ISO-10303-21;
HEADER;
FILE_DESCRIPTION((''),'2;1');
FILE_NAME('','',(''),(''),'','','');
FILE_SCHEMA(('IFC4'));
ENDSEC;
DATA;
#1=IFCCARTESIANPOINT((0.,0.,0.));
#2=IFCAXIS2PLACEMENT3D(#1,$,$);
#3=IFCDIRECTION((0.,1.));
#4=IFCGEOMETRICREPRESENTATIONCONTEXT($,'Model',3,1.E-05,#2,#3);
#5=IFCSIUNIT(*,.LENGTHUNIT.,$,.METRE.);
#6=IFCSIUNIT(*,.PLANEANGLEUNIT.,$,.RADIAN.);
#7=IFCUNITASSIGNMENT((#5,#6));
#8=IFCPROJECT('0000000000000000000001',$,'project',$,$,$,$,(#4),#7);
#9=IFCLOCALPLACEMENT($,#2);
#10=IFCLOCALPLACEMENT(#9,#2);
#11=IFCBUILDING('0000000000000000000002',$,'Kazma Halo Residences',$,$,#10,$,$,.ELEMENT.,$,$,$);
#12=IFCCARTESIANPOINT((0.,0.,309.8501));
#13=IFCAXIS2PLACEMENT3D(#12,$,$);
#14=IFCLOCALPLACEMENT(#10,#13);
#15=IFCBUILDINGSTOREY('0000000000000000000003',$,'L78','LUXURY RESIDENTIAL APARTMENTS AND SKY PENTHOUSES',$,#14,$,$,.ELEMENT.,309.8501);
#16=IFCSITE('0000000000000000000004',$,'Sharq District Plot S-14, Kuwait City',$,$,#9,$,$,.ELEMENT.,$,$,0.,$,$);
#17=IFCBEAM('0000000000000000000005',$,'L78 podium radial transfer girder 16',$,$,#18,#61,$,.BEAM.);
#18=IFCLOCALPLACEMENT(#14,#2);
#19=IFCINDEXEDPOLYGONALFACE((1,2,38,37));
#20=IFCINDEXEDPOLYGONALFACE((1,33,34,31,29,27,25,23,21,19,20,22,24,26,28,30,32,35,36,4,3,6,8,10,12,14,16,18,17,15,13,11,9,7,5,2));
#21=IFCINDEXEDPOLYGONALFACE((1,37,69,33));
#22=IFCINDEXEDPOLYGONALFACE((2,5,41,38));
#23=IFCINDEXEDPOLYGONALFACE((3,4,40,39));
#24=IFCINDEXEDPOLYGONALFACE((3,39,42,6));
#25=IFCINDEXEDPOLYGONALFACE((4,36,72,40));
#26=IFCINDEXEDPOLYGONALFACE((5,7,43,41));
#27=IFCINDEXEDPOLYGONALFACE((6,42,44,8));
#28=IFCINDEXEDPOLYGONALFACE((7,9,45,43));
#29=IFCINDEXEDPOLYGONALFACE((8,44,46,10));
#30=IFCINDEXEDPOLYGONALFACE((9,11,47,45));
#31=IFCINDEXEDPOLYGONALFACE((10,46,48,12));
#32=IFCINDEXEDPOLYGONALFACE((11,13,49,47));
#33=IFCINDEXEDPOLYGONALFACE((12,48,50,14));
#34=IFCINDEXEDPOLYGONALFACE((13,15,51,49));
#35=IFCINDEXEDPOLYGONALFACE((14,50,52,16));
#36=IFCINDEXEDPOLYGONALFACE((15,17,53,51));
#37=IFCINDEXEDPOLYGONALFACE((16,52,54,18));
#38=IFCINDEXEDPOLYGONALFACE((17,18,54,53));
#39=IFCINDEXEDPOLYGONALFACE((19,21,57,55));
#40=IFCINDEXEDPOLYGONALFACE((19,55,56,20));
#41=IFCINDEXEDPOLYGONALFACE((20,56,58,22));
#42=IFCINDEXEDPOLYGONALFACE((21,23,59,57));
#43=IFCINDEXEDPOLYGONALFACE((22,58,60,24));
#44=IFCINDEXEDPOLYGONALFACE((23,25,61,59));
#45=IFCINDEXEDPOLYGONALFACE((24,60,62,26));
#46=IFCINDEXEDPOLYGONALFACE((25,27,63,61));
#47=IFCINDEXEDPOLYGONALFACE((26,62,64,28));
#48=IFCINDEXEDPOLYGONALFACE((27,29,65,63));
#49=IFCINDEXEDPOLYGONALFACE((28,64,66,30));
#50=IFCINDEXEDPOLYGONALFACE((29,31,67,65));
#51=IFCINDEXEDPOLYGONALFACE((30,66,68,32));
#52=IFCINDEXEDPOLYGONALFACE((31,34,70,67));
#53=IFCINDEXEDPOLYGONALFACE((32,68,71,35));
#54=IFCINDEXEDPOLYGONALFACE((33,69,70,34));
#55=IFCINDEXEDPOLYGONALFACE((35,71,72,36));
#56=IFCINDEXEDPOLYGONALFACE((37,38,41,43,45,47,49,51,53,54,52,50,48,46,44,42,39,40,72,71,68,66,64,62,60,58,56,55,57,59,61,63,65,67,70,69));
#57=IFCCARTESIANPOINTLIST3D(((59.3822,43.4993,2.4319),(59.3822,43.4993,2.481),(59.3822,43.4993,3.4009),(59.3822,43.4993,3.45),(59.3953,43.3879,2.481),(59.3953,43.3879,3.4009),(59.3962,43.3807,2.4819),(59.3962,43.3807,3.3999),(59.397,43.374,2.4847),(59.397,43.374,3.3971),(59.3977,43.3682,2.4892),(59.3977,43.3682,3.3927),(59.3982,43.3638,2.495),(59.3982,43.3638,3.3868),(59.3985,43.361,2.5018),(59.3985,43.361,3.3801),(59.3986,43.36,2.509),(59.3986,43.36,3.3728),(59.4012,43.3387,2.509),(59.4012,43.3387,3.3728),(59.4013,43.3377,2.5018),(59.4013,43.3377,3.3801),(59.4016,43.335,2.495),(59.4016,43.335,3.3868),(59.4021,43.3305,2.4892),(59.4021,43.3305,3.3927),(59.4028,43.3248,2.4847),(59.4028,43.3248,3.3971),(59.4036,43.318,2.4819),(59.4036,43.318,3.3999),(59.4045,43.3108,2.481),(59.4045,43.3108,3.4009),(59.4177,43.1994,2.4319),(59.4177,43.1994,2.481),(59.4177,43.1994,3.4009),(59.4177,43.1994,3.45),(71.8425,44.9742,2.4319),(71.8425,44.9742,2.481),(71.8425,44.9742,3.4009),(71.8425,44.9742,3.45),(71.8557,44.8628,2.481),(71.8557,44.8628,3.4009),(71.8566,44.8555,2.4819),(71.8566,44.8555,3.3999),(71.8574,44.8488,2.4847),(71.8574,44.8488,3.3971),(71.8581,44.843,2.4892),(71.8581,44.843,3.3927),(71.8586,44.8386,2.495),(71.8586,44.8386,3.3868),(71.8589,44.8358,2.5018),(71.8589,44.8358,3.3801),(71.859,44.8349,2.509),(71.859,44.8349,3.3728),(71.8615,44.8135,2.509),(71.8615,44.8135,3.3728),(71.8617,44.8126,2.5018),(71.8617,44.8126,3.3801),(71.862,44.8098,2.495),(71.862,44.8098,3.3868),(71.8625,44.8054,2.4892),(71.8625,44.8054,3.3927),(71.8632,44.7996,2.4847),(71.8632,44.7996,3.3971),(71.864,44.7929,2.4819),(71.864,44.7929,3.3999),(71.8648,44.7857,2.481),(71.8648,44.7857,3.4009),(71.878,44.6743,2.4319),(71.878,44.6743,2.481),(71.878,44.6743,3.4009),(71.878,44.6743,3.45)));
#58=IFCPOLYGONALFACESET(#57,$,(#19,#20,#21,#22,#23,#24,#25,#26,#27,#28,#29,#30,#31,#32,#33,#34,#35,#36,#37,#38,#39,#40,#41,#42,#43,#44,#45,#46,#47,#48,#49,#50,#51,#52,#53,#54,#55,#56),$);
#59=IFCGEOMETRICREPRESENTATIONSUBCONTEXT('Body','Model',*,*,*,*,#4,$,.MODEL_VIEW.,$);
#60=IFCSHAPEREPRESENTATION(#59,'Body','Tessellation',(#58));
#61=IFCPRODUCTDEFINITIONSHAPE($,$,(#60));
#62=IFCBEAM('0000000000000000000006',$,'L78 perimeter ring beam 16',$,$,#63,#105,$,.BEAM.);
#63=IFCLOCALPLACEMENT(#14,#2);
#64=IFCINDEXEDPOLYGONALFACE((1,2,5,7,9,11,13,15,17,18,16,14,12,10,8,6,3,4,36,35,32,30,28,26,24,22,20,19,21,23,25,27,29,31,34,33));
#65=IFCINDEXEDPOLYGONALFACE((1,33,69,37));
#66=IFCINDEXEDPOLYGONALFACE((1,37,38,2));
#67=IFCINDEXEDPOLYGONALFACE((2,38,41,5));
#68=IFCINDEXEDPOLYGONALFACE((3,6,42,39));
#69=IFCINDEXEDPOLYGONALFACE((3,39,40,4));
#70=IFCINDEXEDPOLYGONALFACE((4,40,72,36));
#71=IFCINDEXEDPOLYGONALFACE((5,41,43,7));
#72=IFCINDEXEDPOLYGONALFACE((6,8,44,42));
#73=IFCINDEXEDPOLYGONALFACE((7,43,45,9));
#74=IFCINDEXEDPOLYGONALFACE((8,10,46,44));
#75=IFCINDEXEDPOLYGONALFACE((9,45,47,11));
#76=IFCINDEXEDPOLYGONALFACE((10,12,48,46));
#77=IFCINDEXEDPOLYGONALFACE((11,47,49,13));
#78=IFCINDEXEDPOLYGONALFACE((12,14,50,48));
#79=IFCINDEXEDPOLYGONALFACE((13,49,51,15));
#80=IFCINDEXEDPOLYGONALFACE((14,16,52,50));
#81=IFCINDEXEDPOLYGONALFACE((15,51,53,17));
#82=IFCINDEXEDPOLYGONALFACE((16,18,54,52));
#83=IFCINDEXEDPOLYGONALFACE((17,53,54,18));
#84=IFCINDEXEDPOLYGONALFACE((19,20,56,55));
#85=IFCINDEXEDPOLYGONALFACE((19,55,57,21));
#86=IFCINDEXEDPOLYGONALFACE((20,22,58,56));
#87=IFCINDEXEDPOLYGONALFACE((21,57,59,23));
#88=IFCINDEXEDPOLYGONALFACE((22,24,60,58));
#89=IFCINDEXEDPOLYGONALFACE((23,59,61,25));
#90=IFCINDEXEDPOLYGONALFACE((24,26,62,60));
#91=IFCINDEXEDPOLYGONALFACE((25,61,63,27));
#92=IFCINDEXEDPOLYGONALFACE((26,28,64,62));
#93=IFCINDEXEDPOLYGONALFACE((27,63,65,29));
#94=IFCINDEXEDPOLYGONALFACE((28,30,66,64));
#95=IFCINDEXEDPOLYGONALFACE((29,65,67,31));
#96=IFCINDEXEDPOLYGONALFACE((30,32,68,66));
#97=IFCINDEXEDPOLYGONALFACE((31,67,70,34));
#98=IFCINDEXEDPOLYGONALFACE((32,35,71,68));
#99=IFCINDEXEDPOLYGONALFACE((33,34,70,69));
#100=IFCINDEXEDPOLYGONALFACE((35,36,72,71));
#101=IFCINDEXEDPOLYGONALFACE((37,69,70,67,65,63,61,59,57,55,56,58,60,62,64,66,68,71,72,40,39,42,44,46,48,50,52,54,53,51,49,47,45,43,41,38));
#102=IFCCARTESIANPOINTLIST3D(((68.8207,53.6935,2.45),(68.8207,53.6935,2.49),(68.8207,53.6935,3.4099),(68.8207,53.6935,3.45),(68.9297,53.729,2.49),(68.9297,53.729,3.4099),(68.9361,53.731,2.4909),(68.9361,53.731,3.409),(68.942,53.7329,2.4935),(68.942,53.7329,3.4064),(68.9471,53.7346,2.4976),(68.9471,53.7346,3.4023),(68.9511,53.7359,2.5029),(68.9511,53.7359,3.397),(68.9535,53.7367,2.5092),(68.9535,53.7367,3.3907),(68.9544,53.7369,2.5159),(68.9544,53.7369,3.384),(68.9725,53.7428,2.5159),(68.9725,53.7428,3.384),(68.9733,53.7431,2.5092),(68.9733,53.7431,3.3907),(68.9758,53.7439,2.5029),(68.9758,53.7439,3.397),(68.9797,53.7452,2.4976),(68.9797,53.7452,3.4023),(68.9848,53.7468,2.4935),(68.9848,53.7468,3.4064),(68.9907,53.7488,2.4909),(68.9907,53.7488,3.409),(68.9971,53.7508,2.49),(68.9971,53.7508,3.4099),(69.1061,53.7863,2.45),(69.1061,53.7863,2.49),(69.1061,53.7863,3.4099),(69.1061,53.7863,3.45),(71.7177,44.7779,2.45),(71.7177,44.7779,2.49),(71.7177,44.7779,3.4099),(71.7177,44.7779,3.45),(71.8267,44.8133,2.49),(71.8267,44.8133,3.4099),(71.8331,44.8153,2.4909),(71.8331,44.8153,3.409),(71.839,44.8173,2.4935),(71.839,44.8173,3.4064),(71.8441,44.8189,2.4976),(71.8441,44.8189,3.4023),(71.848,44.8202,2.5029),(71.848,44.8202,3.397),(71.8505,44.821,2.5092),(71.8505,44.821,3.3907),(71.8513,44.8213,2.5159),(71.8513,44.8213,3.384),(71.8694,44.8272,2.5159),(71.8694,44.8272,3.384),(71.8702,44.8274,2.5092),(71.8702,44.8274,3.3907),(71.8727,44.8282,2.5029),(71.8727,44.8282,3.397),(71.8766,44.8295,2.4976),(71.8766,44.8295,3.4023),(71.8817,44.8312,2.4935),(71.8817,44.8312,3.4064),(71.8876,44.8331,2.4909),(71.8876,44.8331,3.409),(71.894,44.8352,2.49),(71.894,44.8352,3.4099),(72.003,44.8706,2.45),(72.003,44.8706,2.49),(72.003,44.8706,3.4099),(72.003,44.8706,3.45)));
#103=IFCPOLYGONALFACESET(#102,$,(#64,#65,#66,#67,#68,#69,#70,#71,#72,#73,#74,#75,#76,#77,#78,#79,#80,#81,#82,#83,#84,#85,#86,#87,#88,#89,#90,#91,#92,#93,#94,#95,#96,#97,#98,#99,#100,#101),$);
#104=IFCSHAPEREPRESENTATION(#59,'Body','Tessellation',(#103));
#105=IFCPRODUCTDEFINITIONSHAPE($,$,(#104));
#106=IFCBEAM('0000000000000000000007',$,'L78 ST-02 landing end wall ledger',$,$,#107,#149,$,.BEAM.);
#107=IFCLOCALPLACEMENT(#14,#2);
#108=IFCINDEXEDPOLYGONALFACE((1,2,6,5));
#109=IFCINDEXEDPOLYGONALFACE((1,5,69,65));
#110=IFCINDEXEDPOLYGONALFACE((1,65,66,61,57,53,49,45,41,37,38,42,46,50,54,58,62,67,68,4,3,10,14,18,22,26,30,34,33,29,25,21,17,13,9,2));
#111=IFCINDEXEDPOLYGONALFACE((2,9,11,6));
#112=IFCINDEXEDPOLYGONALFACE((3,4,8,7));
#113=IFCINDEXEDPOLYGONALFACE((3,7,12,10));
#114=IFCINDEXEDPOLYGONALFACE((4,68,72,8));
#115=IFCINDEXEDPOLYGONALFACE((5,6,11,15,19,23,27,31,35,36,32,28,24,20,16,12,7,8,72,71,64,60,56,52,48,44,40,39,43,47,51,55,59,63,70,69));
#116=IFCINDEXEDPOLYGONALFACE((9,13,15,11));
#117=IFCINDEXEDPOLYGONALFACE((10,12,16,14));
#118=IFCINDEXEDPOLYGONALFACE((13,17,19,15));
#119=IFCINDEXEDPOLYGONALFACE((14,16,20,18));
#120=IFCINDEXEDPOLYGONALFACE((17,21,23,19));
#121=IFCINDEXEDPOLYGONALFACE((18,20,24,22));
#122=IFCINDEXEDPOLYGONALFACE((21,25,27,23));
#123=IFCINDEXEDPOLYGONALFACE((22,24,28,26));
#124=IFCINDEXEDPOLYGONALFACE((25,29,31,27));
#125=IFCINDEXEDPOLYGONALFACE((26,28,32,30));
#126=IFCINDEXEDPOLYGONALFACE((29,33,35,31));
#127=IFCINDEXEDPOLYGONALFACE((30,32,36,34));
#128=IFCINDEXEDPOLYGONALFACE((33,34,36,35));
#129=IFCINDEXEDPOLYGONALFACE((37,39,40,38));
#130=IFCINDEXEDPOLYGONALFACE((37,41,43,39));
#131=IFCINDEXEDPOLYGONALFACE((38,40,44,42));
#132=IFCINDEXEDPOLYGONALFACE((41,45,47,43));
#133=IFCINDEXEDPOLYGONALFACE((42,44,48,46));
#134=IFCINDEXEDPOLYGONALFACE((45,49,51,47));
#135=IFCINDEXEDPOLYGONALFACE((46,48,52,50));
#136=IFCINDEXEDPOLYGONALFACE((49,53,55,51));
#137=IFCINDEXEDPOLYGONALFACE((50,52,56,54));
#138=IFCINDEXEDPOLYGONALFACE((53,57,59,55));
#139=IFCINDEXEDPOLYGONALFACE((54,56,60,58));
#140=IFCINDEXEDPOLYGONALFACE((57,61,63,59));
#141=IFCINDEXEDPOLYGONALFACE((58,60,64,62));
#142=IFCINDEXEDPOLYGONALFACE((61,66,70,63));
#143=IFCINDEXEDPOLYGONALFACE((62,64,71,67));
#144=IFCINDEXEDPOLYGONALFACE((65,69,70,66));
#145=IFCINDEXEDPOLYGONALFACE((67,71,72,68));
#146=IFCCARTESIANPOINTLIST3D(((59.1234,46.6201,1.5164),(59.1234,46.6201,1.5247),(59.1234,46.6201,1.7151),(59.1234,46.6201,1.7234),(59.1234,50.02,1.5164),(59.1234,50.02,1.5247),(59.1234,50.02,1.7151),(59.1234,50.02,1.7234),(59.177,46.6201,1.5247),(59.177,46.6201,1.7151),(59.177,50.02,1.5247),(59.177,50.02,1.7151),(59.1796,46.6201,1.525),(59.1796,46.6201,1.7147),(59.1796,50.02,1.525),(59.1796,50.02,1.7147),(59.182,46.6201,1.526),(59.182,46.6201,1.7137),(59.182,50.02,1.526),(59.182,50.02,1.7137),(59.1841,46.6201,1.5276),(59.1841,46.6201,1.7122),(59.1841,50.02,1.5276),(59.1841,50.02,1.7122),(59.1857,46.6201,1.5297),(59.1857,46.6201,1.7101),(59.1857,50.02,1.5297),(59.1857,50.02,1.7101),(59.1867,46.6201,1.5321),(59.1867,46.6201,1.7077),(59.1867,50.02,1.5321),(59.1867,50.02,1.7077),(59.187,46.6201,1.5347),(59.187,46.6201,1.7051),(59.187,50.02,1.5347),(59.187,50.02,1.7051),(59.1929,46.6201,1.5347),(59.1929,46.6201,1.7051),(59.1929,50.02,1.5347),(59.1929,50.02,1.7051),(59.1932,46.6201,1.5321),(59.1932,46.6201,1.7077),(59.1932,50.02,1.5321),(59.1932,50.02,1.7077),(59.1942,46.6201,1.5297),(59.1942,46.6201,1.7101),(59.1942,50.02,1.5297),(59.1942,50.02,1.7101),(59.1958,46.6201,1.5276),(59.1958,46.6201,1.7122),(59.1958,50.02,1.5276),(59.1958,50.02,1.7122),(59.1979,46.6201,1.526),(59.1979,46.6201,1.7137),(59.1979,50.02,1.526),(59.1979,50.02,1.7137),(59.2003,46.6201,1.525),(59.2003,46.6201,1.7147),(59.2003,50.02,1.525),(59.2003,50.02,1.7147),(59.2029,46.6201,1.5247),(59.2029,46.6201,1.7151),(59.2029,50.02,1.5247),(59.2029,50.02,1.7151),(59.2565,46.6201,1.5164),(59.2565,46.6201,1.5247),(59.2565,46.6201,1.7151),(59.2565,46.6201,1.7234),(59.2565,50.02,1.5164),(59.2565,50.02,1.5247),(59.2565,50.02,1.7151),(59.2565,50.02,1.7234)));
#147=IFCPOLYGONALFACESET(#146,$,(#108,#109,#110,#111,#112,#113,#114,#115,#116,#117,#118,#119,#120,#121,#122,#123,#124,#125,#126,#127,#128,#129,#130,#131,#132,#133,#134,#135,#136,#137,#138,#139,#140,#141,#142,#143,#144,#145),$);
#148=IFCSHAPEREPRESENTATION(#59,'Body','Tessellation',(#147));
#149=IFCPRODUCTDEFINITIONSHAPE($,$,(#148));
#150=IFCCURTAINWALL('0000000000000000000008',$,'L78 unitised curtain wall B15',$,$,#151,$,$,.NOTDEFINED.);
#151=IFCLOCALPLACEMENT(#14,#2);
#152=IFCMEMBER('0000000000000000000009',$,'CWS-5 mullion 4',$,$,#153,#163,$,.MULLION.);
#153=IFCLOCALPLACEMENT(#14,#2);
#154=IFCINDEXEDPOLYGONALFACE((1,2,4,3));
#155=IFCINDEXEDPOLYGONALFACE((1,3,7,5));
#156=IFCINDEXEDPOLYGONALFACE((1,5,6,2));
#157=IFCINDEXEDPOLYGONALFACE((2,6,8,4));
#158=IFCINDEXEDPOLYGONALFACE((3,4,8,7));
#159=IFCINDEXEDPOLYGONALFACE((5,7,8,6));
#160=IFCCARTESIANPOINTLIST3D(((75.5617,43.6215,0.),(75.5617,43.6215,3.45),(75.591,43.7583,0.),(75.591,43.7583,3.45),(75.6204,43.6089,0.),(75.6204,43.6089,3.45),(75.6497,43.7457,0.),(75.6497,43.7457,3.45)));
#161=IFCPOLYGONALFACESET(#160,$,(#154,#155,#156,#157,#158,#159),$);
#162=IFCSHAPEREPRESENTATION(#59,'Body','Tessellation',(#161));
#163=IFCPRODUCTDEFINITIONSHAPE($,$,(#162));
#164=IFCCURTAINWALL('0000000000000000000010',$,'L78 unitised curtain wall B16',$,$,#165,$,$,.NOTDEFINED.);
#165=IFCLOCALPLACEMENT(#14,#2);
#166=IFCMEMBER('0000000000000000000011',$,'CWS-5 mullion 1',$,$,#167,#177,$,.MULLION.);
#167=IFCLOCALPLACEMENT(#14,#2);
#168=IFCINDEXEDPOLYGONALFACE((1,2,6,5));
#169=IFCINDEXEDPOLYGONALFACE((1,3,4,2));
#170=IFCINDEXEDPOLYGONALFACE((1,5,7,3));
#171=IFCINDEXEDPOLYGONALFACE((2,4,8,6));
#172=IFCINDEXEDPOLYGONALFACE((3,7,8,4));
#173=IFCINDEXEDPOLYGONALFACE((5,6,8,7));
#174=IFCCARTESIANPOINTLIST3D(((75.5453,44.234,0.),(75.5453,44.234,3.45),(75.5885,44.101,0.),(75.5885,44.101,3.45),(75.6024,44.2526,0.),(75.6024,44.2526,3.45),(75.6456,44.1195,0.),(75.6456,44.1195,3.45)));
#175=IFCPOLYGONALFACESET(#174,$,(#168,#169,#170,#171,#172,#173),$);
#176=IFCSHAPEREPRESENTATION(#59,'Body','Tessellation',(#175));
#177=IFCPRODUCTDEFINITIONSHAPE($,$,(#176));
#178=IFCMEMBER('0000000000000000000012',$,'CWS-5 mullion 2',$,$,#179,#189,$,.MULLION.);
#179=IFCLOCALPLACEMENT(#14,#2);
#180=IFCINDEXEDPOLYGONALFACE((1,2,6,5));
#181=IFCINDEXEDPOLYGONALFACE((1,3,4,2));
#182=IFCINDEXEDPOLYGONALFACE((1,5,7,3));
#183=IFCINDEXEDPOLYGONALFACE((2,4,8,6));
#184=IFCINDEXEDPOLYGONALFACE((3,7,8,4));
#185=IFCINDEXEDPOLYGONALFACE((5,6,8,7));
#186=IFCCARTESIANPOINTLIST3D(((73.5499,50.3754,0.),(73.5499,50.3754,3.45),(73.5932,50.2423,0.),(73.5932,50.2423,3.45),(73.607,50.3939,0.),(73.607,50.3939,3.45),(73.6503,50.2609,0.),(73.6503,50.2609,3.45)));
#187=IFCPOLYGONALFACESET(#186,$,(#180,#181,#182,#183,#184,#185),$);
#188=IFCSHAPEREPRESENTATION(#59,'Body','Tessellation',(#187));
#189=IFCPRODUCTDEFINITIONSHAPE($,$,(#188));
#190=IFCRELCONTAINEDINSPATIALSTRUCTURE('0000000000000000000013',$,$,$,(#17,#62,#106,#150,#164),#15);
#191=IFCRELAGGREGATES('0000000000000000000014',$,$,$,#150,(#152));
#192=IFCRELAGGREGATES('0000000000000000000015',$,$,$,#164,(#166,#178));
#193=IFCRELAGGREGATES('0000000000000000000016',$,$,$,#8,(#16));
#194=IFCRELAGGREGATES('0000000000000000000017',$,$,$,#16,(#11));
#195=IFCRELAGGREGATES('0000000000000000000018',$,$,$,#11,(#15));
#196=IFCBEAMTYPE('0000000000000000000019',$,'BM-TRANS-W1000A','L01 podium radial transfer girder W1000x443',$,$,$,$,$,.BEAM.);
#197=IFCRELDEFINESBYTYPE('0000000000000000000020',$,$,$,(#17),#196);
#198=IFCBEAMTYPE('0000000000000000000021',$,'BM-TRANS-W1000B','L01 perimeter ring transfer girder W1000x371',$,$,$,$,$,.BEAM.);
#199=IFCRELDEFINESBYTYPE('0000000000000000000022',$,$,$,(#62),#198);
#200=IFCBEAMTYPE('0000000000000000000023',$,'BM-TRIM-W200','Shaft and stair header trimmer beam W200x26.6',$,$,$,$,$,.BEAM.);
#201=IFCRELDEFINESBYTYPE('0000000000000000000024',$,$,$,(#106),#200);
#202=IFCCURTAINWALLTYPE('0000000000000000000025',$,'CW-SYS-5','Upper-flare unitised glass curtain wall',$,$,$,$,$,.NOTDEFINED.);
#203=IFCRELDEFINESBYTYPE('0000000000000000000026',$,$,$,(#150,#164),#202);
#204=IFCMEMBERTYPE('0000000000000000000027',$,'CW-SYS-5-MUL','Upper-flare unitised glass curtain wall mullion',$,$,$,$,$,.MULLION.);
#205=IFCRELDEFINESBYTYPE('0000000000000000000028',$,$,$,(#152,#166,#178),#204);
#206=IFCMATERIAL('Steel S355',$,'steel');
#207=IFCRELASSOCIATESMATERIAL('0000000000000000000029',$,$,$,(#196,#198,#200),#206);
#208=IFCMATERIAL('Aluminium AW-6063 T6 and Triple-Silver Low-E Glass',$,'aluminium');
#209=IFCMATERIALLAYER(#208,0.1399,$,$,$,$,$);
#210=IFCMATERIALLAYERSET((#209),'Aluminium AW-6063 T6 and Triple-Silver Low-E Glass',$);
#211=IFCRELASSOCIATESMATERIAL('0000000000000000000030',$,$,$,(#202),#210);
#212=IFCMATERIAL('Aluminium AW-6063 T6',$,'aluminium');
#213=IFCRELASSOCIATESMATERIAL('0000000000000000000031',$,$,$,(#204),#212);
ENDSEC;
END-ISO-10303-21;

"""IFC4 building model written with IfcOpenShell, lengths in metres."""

from ifc_helpers import new_model, si_unit, direction, frame, origin, origin_2d, place, context, subcontext, project, spatial, rectangle, i_section, extrude, material, layer, layer_set, material_profile, profile_set, type_object, element, aggregate, save


model = new_model("IFC4")

# Units and contexts
model_context = context("Model", 3, precision=1e-05, world=origin(), true_north=direction((0.0, 1.0)))
body_context = subcontext(model_context, "Body", "Model", "MODEL_VIEW")
ifc_project = project(units=[si_unit("LENGTHUNIT", "METRE"), si_unit("PLANEANGLEUNIT", "RADIAN")], contexts=[model_context])

# Site, building, storey
site_placement = place(None, origin())
site = spatial("IfcSite", under=ifc_project, at=site_placement, Name="Sharq District Plot S-14, Kuwait City", CompositionType="ELEMENT", RefElevation=0.0)
building_placement = place(site_placement, origin())
building = spatial("IfcBuilding", under=site, at=building_placement, Name="Kazma Halo Residences", CompositionType="ELEMENT")
storey_placement = place(building_placement, frame((0.0, 0.0, 309.8501)))
storey = spatial("IfcBuildingStorey", under=building, at=storey_placement, Name="L78", Description="LUXURY RESIDENTIAL APARTMENTS AND SKY PENTHOUSES", CompositionType="ELEMENT", Elevation=309.8501)

# Beams
ifc_material_1 = material(Name="Steel S355", Category="steel")
ifc_material_profile_1 = material_profile(ifc_material_1, i_section(OverallWidth=0.302, OverallDepth=1.0181, WebThickness=0.0215, FlangeThickness=0.0491, FilletRadius=0.0281, at=origin_2d()), Name="W1000x443")
ifc_profile_set_1 = profile_set([ifc_material_profile_1], Name="Steel S355")
beam_type_1 = type_object("IfcBeamType", Name="BM-TRANS-W1000A", Description="L01 podium radial transfer girder W1000x443", PredefinedType="BEAM", material=ifc_profile_set_1)
beam_1_placement = place(storey_placement, frame((59.3999, 43.3494, 2.9409), z_axis=(0.993068, 0.117542, 0.0), x_axis=(-0.117542, 0.993068, 0.0)))
element("IfcBeam", 1, at=beam_1_placement, inside=storey, type_object=beam_type_1, Name="L78 podium radial transfer girder 16", PredefinedType="BEAM", context=body_context, shape_type="SweptSolid", body=[
    extrude(i_section(OverallWidth=0.302, OverallDepth=1.0181, WebThickness=0.0215, FlangeThickness=0.0491, FilletRadius=0.0281, at=origin_2d()), origin(), (0.0, 0.0, 1.0), 12.5474),
])
ifc_material_profile_2 = material_profile(ifc_material_1, i_section(OverallWidth=0.3, OverallDepth=1.0, WebThickness=0.019, FlangeThickness=0.04, FilletRadius=0.0259, at=origin_2d()), Name="W1000x371")
ifc_profile_set_2 = profile_set([ifc_material_profile_2], Name="Steel S355")
beam_type_2 = type_object("IfcBeamType", Name="BM-TRANS-W1000B", Description="L01 perimeter ring transfer girder W1000x371", PredefinedType="BEAM", material=ifc_profile_set_2)
beam_2_placement = place(storey_placement, frame((71.8604, 44.8242, 2.95), z_axis=(-0.309023, 0.951055, 0.0), x_axis=(-0.951055, -0.309023, 0.0)))
element("IfcBeam", 2, at=beam_2_placement, inside=storey, type_object=beam_type_2, Name="L78 perimeter ring beam 16", PredefinedType="BEAM", context=body_context, shape_type="SweptSolid", body=[
    extrude(i_section(OverallWidth=0.3, OverallDepth=1.0, WebThickness=0.019, FlangeThickness=0.04, FilletRadius=0.0259, at=origin_2d()), origin(), (0.0, 0.0, 1.0), 9.3745),
])
ifc_material_profile_3 = material_profile(ifc_material_1, i_section(OverallWidth=0.1331, OverallDepth=0.207, WebThickness=0.0059, FlangeThickness=0.0083, FilletRadius=0.01, at=origin_2d()), Name="W200x26.6")
ifc_profile_set_3 = profile_set([ifc_material_profile_3], Name="Steel S355")
beam_type_3 = type_object("IfcBeamType", Name="BM-TRIM-W200", Description="Shaft and stair header trimmer beam W200x26.6", PredefinedType="BEAM", material=ifc_profile_set_3)
beam_3_placement = place(storey_placement, frame((59.1899, 46.6201, 1.6199), z_axis=(0.0, 1.0, 0.0), x_axis=(-1.0, 0.0, 0.0)))
element("IfcBeam", 3, at=beam_3_placement, inside=storey, type_object=beam_type_3, Name="L78 ST-02 landing end wall ledger", PredefinedType="BEAM", context=body_context, shape_type="SweptSolid", body=[
    extrude(i_section(OverallWidth=0.1331, OverallDepth=0.207, WebThickness=0.0059, FlangeThickness=0.0083, FilletRadius=0.01, at=origin_2d()), origin(), (0.0, 0.0, 1.0), 3.3999),
])

# Curtain wall, member
ifc_material_2 = material(Name="Aluminium AW-6063 T6 and Triple-Silver Low-E Glass", Category="aluminium")
ifc_layer_1 = layer(ifc_material_2, 0.1399)
ifc_layer_set_1 = layer_set([ifc_layer_1], Name="Aluminium AW-6063 T6 and Triple-Silver Low-E Glass")
curtain_wall_type = type_object("IfcCurtainWallType", Name="CW-SYS-5", Description="Upper-flare unitised glass curtain wall", PredefinedType="NOTDEFINED", material=ifc_layer_set_1)
curtain_wall_1_placement = place(storey_placement, origin())
curtain_wall_1 = element("IfcCurtainWall", 4, at=curtain_wall_1_placement, inside=storey, type_object=curtain_wall_type, Name="L78 unitised curtain wall B15", PredefinedType="NOTDEFINED")
ifc_material_3 = material(Name="Aluminium AW-6063 T6", Category="aluminium")
ifc_material_profile_4 = material_profile(ifc_material_3, rectangle(XDim=0.0601, YDim=0.1399, at=origin_2d()), Name="CWM-60x140")
ifc_profile_set_4 = profile_set([ifc_material_profile_4], Name="Aluminium AW-6063 T6")
member_type_1 = type_object("IfcMemberType", Name="CW-SYS-5-MUL", Description="Upper-flare unitised glass curtain wall mullion", PredefinedType="MULLION", material=ifc_profile_set_4)
member_1_placement = place(storey_placement, frame((75.6057, 43.6836, 0.0), z_axis=(0.0, 0.0, 1.0), x_axis=(-0.977766, 0.209698, 0.0)))
member_1 = element("IfcMember", 5, at=member_1_placement, type_object=member_type_1, Name="CWS-5 mullion 4", PredefinedType="MULLION", context=body_context, shape_type="SweptSolid", body=[
    extrude(rectangle(XDim=0.0601, YDim=0.1399, at=origin_2d()), origin(), (0.0, 0.0, 1.0), 3.45),
])
aggregate(curtain_wall_1, [member_1])

# Curtain wall, members
curtain_wall_2_placement = place(storey_placement, origin())
curtain_wall_2 = element("IfcCurtainWall", 6, at=curtain_wall_2_placement, inside=storey, type_object=curtain_wall_type, Name="L78 unitised curtain wall B16", PredefinedType="NOTDEFINED")
member_2_placement = place(storey_placement, frame((75.5955, 44.1768, 0.0), z_axis=(0.0, 0.0, 1.0), x_axis=(-0.951057, -0.309016, 0.0)))
member_2 = element("IfcMember", 7, at=member_2_placement, type_object=member_type_1, Name="CWS-5 mullion 1", PredefinedType="MULLION", context=body_context, shape_type="SweptSolid", body=[
    extrude(rectangle(XDim=0.0601, YDim=0.1399, at=origin_2d()), origin(), (0.0, 0.0, 1.0), 3.45),
])
member_3_placement = place(storey_placement, frame((73.6001, 50.3181, 0.0), z_axis=(0.0, 0.0, 1.0), x_axis=(-0.951057, -0.309016, 0.0)))
member_3 = element("IfcMember", 8, at=member_3_placement, type_object=member_type_1, Name="CWS-5 mullion 2", PredefinedType="MULLION", context=body_context, shape_type="SweptSolid", body=[
    extrude(rectangle(XDim=0.0601, YDim=0.1399, at=origin_2d()), origin(), (0.0, 0.0, 1.0), 3.45),
])
aggregate(curtain_wall_2, [member_2, member_3])

save(model, "model.ifc")
